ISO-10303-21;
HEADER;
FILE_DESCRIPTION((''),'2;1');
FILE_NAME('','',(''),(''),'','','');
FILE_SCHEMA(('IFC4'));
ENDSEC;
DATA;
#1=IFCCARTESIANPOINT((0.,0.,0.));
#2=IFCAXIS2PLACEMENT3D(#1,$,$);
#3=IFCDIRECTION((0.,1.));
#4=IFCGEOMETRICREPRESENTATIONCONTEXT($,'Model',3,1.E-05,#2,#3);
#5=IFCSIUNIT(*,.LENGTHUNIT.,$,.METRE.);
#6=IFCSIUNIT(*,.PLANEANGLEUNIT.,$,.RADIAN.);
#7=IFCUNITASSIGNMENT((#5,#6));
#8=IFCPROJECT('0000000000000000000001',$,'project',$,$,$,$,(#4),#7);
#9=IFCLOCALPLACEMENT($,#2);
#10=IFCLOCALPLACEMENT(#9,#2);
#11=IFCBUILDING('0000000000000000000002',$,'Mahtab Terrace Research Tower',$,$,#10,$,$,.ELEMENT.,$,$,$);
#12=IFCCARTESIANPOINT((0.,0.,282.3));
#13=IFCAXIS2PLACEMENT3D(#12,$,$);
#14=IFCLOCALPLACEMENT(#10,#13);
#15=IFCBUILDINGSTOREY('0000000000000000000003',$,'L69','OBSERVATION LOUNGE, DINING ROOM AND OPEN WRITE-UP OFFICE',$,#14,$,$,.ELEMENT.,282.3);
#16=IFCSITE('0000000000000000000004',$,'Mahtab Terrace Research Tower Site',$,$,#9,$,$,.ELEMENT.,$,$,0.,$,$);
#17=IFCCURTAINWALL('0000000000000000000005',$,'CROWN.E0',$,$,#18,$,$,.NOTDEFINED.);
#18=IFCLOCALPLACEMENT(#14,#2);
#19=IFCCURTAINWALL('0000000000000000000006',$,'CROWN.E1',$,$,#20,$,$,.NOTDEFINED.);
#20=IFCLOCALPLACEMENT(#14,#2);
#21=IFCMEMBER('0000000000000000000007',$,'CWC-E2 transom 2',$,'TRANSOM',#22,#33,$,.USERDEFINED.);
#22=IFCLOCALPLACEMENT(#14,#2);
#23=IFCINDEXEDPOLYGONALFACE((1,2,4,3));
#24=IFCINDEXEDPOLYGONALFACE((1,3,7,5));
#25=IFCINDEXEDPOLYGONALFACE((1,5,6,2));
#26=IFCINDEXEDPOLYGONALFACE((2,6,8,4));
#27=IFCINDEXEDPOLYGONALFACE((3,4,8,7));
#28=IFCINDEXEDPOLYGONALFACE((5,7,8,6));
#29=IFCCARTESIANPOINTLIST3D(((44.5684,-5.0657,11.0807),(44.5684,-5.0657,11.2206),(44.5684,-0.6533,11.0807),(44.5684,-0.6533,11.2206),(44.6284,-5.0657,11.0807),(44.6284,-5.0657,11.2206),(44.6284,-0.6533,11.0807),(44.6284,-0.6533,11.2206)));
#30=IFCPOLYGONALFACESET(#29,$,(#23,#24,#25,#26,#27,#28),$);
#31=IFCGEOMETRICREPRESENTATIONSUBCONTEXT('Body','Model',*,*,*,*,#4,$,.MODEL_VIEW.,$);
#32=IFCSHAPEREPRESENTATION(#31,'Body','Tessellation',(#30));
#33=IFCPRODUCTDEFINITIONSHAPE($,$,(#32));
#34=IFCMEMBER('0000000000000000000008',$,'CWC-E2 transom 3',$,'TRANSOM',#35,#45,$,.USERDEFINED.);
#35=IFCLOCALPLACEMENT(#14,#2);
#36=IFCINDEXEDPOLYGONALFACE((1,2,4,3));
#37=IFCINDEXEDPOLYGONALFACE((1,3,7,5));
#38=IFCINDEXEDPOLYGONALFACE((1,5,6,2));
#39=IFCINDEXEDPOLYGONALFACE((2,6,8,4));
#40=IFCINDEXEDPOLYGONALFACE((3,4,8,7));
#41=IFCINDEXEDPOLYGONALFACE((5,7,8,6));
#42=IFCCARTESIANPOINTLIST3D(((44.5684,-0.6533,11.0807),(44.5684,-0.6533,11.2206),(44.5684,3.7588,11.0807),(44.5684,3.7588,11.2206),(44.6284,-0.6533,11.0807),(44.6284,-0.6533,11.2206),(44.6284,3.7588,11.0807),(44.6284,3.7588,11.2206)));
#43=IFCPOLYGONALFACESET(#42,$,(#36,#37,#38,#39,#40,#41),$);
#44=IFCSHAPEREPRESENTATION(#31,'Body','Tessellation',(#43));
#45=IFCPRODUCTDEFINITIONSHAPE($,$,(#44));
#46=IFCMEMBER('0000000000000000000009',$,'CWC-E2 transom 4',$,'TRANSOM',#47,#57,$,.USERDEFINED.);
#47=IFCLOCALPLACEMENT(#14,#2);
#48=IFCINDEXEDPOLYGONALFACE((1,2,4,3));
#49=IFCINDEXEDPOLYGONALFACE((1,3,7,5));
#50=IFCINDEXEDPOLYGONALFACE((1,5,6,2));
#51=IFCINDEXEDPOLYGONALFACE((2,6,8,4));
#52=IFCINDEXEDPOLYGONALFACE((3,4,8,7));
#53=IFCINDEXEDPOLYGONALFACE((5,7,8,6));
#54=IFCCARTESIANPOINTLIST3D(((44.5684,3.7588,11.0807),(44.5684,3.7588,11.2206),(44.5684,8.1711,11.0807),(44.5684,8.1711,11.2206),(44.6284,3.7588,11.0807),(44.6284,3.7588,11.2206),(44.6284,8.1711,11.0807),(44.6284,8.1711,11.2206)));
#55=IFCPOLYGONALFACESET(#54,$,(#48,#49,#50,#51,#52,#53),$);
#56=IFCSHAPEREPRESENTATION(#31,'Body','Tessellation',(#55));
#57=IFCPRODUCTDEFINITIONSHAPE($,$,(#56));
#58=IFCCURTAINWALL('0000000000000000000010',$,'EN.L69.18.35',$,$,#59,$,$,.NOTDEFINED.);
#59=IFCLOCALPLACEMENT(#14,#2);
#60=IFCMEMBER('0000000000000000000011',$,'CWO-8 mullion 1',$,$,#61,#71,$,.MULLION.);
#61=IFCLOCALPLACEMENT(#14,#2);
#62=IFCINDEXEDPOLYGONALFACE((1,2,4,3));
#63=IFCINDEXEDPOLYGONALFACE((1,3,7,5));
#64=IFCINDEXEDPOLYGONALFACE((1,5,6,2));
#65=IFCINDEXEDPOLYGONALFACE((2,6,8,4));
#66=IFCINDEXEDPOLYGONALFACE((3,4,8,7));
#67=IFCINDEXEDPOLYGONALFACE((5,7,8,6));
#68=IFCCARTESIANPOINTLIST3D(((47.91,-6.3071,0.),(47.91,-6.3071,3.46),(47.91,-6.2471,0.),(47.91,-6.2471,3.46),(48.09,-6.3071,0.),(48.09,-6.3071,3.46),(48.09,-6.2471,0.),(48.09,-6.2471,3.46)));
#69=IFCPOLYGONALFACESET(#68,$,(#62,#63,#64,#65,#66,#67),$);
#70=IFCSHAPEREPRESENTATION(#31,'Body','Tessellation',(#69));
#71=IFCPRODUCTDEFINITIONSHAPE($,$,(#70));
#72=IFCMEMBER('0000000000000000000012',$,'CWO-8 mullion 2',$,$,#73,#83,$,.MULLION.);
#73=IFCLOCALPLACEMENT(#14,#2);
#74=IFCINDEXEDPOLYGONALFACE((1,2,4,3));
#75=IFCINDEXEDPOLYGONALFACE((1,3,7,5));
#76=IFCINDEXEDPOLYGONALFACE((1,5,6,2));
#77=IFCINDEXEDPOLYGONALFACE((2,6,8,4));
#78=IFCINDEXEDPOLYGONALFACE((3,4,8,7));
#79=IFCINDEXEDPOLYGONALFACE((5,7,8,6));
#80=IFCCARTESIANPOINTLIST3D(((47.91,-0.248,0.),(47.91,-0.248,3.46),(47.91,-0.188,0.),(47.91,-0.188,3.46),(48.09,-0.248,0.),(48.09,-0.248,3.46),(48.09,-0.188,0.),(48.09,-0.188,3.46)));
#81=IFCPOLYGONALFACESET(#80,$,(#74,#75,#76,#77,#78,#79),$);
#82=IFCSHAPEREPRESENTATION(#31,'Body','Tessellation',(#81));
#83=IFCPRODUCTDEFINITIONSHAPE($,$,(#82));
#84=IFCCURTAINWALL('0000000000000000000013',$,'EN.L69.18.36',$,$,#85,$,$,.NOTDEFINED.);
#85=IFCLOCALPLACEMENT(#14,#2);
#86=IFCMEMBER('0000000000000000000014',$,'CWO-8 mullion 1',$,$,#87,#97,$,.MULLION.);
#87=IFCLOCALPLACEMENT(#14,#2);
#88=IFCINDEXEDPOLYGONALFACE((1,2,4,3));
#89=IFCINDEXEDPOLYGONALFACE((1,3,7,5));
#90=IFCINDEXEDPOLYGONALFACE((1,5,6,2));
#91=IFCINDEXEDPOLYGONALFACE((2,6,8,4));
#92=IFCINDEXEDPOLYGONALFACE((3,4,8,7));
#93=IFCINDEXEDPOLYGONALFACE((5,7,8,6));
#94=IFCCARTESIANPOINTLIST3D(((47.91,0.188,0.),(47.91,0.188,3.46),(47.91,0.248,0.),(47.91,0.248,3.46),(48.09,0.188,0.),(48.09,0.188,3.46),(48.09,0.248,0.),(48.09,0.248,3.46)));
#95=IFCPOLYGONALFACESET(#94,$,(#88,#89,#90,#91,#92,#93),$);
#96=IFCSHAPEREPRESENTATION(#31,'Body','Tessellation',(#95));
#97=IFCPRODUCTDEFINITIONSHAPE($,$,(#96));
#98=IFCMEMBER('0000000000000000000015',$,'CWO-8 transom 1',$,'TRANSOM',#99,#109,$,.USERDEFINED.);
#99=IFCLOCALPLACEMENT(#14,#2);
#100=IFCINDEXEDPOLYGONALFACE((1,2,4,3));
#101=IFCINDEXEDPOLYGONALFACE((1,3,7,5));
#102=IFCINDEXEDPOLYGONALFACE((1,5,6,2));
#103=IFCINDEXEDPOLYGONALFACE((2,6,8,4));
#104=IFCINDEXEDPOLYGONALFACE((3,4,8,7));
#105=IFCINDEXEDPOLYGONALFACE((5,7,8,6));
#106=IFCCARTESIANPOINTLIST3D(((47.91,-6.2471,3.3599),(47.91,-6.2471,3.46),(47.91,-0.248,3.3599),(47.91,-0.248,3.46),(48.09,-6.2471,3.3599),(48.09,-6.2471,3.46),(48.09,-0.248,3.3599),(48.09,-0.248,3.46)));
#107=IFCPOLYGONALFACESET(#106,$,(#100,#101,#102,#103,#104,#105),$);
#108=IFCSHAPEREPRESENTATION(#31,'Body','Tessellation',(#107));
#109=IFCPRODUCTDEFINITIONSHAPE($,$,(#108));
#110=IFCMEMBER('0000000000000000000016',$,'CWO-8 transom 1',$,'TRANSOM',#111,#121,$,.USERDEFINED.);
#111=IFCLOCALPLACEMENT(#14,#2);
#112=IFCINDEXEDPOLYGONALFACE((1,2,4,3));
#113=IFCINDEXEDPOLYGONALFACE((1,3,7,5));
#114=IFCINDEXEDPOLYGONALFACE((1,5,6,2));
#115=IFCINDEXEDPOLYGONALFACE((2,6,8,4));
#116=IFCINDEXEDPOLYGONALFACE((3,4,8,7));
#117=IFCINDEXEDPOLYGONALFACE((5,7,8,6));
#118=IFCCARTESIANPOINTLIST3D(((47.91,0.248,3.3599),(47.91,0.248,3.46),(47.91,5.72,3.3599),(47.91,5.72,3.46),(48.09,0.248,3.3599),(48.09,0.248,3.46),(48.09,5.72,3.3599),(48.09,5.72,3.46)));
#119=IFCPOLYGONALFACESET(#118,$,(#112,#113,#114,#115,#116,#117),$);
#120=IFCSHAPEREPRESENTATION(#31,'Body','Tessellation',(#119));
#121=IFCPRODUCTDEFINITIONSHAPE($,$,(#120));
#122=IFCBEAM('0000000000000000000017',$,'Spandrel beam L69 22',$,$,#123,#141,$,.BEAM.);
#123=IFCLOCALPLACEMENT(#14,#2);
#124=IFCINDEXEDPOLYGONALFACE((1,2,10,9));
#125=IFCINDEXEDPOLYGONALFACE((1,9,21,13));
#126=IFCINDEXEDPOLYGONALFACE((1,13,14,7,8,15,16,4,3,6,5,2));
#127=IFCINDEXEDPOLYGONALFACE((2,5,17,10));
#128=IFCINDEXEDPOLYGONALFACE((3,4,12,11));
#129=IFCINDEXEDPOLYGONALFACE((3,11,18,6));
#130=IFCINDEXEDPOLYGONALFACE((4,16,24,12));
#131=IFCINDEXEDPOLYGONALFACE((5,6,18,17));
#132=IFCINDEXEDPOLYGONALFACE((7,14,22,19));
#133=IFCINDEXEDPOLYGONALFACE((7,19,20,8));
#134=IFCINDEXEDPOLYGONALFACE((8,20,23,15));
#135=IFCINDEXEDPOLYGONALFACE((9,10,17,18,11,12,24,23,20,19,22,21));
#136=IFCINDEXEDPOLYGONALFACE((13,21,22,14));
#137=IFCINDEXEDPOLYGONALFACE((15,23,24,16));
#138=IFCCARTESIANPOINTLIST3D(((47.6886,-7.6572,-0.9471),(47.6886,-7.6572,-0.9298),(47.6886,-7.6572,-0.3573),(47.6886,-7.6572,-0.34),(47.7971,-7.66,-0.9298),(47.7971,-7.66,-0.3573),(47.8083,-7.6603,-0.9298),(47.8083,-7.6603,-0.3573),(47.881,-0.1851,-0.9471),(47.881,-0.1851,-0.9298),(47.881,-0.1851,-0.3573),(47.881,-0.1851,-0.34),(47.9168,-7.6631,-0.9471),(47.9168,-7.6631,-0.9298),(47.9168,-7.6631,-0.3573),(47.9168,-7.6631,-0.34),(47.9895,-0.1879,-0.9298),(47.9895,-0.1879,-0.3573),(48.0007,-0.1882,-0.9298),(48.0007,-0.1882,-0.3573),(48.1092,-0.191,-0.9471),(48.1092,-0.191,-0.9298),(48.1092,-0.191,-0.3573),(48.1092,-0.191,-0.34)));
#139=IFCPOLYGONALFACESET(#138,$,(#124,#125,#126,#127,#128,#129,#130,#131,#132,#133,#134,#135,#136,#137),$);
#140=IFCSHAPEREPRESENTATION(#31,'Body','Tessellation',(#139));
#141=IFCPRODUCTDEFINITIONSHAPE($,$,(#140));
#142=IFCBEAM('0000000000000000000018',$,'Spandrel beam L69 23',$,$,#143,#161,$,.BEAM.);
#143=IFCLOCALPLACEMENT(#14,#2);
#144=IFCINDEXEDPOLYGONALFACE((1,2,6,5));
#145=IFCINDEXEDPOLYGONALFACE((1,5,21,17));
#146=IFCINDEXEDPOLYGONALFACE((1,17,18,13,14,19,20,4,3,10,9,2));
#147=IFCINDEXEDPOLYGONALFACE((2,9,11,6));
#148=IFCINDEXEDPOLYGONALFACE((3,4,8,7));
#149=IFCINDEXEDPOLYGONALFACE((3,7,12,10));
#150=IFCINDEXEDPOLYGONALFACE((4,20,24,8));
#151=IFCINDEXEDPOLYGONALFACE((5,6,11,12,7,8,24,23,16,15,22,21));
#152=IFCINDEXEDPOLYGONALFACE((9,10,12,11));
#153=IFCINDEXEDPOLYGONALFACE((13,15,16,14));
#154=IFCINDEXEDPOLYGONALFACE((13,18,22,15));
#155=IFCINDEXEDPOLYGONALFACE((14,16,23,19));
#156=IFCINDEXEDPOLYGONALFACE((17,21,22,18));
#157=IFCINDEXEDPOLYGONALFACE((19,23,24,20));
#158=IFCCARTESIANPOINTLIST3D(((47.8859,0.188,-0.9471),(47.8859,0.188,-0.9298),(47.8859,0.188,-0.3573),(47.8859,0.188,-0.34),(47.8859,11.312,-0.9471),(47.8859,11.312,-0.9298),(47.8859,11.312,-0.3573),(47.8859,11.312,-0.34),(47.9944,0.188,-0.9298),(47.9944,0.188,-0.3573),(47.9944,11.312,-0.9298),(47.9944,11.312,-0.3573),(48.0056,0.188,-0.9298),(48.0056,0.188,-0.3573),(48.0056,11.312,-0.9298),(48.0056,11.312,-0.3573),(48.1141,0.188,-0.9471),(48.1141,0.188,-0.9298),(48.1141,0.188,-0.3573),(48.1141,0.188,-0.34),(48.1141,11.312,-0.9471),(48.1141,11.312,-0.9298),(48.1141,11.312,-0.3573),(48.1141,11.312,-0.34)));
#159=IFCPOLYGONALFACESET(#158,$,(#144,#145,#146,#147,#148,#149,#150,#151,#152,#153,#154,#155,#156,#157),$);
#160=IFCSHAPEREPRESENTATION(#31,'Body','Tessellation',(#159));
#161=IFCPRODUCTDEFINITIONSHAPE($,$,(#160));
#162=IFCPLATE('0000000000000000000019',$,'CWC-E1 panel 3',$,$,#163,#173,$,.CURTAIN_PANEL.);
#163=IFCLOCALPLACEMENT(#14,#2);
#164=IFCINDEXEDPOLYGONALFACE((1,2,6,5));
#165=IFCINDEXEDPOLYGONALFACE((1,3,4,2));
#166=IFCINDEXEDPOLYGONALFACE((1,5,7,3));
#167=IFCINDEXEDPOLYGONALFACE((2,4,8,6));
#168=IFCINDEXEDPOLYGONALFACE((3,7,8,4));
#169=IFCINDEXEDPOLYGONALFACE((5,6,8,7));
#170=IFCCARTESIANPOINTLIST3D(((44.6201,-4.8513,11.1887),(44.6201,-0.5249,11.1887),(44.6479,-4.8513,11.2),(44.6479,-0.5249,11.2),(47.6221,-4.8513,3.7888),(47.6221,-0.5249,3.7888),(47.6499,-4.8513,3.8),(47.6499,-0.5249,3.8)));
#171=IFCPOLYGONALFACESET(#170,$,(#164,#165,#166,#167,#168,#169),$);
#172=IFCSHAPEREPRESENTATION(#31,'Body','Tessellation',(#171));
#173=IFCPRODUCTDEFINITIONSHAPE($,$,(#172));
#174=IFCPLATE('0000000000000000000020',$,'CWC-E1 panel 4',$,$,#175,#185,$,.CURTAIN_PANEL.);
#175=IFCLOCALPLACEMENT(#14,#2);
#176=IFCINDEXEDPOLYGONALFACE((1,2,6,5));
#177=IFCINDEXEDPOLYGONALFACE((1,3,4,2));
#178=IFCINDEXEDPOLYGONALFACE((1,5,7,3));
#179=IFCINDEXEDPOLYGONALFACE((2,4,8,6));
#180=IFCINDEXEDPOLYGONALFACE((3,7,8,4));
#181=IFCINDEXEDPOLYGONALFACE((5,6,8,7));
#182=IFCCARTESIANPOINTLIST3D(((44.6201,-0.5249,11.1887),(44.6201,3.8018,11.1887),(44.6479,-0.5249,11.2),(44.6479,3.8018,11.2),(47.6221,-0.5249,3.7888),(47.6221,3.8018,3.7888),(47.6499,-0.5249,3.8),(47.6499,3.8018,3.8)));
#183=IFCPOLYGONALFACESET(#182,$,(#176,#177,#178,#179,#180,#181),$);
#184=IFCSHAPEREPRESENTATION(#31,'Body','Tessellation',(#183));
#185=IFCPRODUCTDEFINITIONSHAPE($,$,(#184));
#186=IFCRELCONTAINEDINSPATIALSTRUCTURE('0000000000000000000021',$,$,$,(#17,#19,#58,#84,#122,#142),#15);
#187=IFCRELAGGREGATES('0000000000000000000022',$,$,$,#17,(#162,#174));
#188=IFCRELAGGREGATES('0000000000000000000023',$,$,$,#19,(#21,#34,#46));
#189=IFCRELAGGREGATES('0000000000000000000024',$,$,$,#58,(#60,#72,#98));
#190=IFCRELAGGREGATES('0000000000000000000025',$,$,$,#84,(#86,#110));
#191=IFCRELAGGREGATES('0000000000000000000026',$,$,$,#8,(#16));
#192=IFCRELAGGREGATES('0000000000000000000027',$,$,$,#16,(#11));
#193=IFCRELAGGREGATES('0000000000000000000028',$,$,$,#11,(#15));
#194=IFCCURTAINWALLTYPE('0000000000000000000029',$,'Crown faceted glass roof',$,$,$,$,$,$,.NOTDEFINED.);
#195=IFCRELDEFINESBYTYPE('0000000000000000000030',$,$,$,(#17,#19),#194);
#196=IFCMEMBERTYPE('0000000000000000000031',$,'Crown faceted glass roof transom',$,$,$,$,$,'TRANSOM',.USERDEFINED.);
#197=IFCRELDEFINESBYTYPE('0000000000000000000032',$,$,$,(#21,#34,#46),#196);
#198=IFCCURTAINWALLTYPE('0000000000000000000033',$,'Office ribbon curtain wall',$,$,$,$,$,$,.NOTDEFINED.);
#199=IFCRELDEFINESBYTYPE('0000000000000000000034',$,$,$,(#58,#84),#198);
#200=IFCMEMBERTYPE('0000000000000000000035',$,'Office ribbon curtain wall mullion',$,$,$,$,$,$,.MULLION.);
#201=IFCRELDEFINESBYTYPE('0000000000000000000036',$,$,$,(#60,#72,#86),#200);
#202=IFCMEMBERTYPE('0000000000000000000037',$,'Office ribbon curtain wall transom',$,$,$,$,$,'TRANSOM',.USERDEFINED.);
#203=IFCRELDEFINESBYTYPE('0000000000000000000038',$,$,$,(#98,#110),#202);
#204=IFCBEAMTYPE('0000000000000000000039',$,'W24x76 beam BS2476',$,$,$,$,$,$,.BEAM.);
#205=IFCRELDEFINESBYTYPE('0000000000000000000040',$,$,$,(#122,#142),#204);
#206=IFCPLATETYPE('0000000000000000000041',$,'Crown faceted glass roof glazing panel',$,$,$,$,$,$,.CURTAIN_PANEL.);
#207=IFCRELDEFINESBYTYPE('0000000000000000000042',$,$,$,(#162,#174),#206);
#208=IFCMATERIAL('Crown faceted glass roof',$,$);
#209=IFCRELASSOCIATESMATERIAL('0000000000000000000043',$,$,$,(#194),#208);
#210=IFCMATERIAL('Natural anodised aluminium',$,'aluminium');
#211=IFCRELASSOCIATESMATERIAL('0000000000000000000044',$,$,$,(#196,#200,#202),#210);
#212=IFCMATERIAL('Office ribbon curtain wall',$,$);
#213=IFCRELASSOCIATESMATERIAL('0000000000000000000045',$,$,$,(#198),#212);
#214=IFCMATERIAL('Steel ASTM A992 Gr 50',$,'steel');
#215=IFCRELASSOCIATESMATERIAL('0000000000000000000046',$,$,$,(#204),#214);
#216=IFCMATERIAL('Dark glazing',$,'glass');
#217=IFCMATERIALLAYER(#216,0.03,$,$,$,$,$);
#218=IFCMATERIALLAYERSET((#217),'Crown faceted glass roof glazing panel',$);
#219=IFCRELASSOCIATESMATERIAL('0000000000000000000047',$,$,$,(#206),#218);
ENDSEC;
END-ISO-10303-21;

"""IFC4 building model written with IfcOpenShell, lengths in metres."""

from ifc_helpers import new_model, si_unit, direction, frame, origin, origin_2d, place, context, subcontext, project, spatial, polyline, rectangle, i_section, outline, extrude, material, layer, layer_set, material_profile, profile_set, type_object, element, aggregate, save


model = new_model("IFC4")

# Units and contexts
model_context = context("Model", 3, precision=1e-05, world=origin(), true_north=direction((0.0, 1.0)))
body_context = subcontext(model_context, "Body", "Model", "MODEL_VIEW")
ifc_project = project(units=[si_unit("LENGTHUNIT", "METRE"), si_unit("PLANEANGLEUNIT", "RADIAN")], contexts=[model_context])

# Site, building, storey
site_placement = place(None, origin())
site = spatial("IfcSite", under=ifc_project, at=site_placement, Name="Mahtab Terrace Research Tower Site", CompositionType="ELEMENT", RefElevation=0.0)
building_placement = place(site_placement, origin())
building = spatial("IfcBuilding", under=site, at=building_placement, Name="Mahtab Terrace Research Tower", CompositionType="ELEMENT")
storey_placement = place(building_placement, frame((0.0, 0.0, 282.3)))
storey = spatial("IfcBuildingStorey", under=building, at=storey_placement, Name="L69", Description="OBSERVATION LOUNGE, DINING ROOM AND OPEN WRITE-UP OFFICE", CompositionType="ELEMENT", Elevation=282.3)

# Shared definitions
ifc_material_1 = material(Name="Steel ASTM A992 Gr 50", Category="steel")

# Shared definitions
ifc_material_2 = material(Name="Crown faceted glass roof")
curtain_wall_type_1 = type_object("IfcCurtainWallType", Name="Crown faceted glass roof", PredefinedType="NOTDEFINED", material=ifc_material_2)
ifc_material_3 = material(Name="Natural anodised aluminium", Category="aluminium")

# Curtain walls
curtain_wall_1_placement = place(storey_placement, origin())
curtain_wall_1 = element("IfcCurtainWall", 1, at=curtain_wall_1_placement, inside=storey, type_object=curtain_wall_type_1, Name="CROWN.E0", PredefinedType="NOTDEFINED")
curtain_wall_2_placement = place(storey_placement, origin())
curtain_wall_2 = element("IfcCurtainWall", 2, at=curtain_wall_2_placement, inside=storey, type_object=curtain_wall_type_1, Name="CROWN.E1", PredefinedType="NOTDEFINED")

# Members
ifc_material_profile_1 = material_profile(ifc_material_3, rectangle(XDim=0.0601, YDim=0.1399, at=origin_2d()), Name="TRANSOM 60x140")
ifc_profile_set_1 = profile_set([ifc_material_profile_1], Name="Natural anodised aluminium")
member_type_1 = type_object("IfcMemberType", Name="Crown faceted glass roof transom", ElementType="TRANSOM", PredefinedType="USERDEFINED", material=ifc_profile_set_1)
member_1_placement = place(storey_placement, frame((44.5984, -5.0657, 11.1506), z_axis=(0.0, 1.0, 0.0), x_axis=(-1.0, 0.0, 0.0)))
member_1 = element("IfcMember", 3, at=member_1_placement, type_object=member_type_1, Name="CWC-E2 transom 2", ObjectType="TRANSOM", PredefinedType="USERDEFINED", context=body_context, shape_type="SweptSolid", body=[
    extrude(rectangle(XDim=0.0601, YDim=0.1399, at=origin_2d()), origin(), (0.0, 0.0, 1.0), 4.4124),
])
member_2_placement = place(storey_placement, frame((44.5984, -0.6533, 11.1506), z_axis=(0.0, 1.0, 0.0), x_axis=(-1.0, 0.0, 0.0)))
member_2 = element("IfcMember", 4, at=member_2_placement, type_object=member_type_1, Name="CWC-E2 transom 3", ObjectType="TRANSOM", PredefinedType="USERDEFINED", context=body_context, shape_type="SweptSolid", body=[
    extrude(rectangle(XDim=0.0601, YDim=0.1399, at=origin_2d()), origin(), (0.0, 0.0, 1.0), 4.4121),
])
member_3_placement = place(storey_placement, frame((44.5984, 3.7588, 11.1506), z_axis=(0.0, 1.0, 0.0), x_axis=(-1.0, 0.0, 0.0)))
member_3 = element("IfcMember", 5, at=member_3_placement, type_object=member_type_1, Name="CWC-E2 transom 4", ObjectType="TRANSOM", PredefinedType="USERDEFINED", context=body_context, shape_type="SweptSolid", body=[
    extrude(rectangle(XDim=0.0601, YDim=0.1399, at=origin_2d()), origin(), (0.0, 0.0, 1.0), 4.4124),
])

# Curtain wall, members
ifc_material_4 = material(Name="Office ribbon curtain wall")
curtain_wall_type_2 = type_object("IfcCurtainWallType", Name="Office ribbon curtain wall", PredefinedType="NOTDEFINED", material=ifc_material_4)
curtain_wall_3_placement = place(storey_placement, origin())
curtain_wall_3 = element("IfcCurtainWall", 6, at=curtain_wall_3_placement, inside=storey, type_object=curtain_wall_type_2, Name="EN.L69.18.35", PredefinedType="NOTDEFINED")
ifc_material_profile_2 = material_profile(ifc_material_3, rectangle(XDim=0.1799, YDim=0.0601, at=origin_2d()), Name="MULLION 60x180")
ifc_profile_set_2 = profile_set([ifc_material_profile_2], Name="Natural anodised aluminium")
member_type_2 = type_object("IfcMemberType", Name="Office ribbon curtain wall mullion", PredefinedType="MULLION", material=ifc_profile_set_2)
member_4_placement = place(storey_placement, frame((48.0, -6.2771, 0.0), z_axis=(0.0, 0.0, 1.0), x_axis=(-1.0, 0.0, 0.0)))
member_4 = element("IfcMember", 7, at=member_4_placement, type_object=member_type_2, Name="CWO-8 mullion 1", PredefinedType="MULLION", context=body_context, shape_type="SweptSolid", body=[
    extrude(rectangle(XDim=0.1799, YDim=0.0601, at=origin_2d()), origin(), (0.0, 0.0, 1.0), 3.46),
])
member_5_placement = place(storey_placement, frame((48.0, -0.218, 0.0), z_axis=(0.0, 0.0, 1.0), x_axis=(-1.0, 0.0, 0.0)))
member_5 = element("IfcMember", 8, at=member_5_placement, type_object=member_type_2, Name="CWO-8 mullion 2", PredefinedType="MULLION", context=body_context, shape_type="SweptSolid", body=[
    extrude(rectangle(XDim=0.1799, YDim=0.0601, at=origin_2d()), origin(), (0.0, 0.0, 1.0), 3.46),
])

# Curtain wall, member
curtain_wall_4_placement = place(storey_placement, origin())
curtain_wall_4 = element("IfcCurtainWall", 9, at=curtain_wall_4_placement, inside=storey, type_object=curtain_wall_type_2, Name="EN.L69.18.36", PredefinedType="NOTDEFINED")
member_6_placement = place(storey_placement, frame((48.0, 0.218, 0.0), z_axis=(0.0, 0.0, 1.0), x_axis=(-1.0, 0.0, 0.0)))
member_6 = element("IfcMember", 10, at=member_6_placement, type_object=member_type_2, Name="CWO-8 mullion 1", PredefinedType="MULLION", context=body_context, shape_type="SweptSolid", body=[
    extrude(rectangle(XDim=0.1799, YDim=0.0601, at=origin_2d()), origin(), (0.0, 0.0, 1.0), 3.46),
])

# Members
ifc_material_profile_3 = material_profile(ifc_material_3, rectangle(XDim=0.1799, YDim=0.1001, at=origin_2d()), Name="TRANSOM 100x180")
ifc_profile_set_3 = profile_set([ifc_material_profile_3], Name="Natural anodised aluminium")
member_type_3 = type_object("IfcMemberType", Name="Office ribbon curtain wall transom", ElementType="TRANSOM", PredefinedType="USERDEFINED", material=ifc_profile_set_3)
member_7_placement = place(storey_placement, frame((48.0, -6.2471, 3.4099), z_axis=(0.0, 1.0, 0.0), x_axis=(-1.0, 0.0, 0.0)))
member_7 = element("IfcMember", 11, at=member_7_placement, type_object=member_type_3, Name="CWO-8 transom 1", ObjectType="TRANSOM", PredefinedType="USERDEFINED", context=body_context, shape_type="SweptSolid", body=[
    extrude(rectangle(XDim=0.1799, YDim=0.1001, at=origin_2d()), origin(), (0.0, 0.0, 1.0), 5.999),
])
member_8_placement = place(storey_placement, frame((48.0, 0.248, 3.4099), z_axis=(0.0, 1.0, 0.0), x_axis=(-1.0, 0.0, 0.0)))
member_8 = element("IfcMember", 12, at=member_8_placement, type_object=member_type_3, Name="CWO-8 transom 1", ObjectType="TRANSOM", PredefinedType="USERDEFINED", context=body_context, shape_type="SweptSolid", body=[
    extrude(rectangle(XDim=0.1799, YDim=0.1001, at=origin_2d()), origin(), (0.0, 0.0, 1.0), 5.4719),
])

# Beams
ifc_material_profile_4 = material_profile(ifc_material_1, i_section(OverallWidth=0.2283, OverallDepth=0.6072, WebThickness=0.0112, FlangeThickness=0.0173, at=origin_2d()), Name="W24X76")
ifc_profile_set_4 = profile_set([ifc_material_profile_4], Name="Steel ASTM A992 Gr 50")
beam_type = type_object("IfcBeamType", Name="W24x76 beam BS2476", PredefinedType="BEAM", material=ifc_profile_set_4)
beam_1_placement = place(storey_placement, frame((47.8027, -7.6602, -0.6436), z_axis=(0.025738, 0.999669, 0.0), x_axis=(-0.999669, 0.025738, 0.0)))
element("IfcBeam", 13, at=beam_1_placement, inside=storey, type_object=beam_type, Name="Spandrel beam L69 22", PredefinedType="BEAM", context=body_context, shape_type="SweptSolid", body=[
    extrude(i_section(OverallWidth=0.2283, OverallDepth=0.6072, WebThickness=0.0112, FlangeThickness=0.0173, at=origin_2d()), origin(), (0.0, 0.0, 1.0), 7.4746),
])
beam_2_placement = place(storey_placement, frame((48.0, 0.188, -0.6436), z_axis=(0.0, 1.0, 0.0), x_axis=(-1.0, 0.0, 0.0)))
element("IfcBeam", 14, at=beam_2_placement, inside=storey, type_object=beam_type, Name="Spandrel beam L69 23", PredefinedType="BEAM", context=body_context, shape_type="SweptSolid", body=[
    extrude(i_section(OverallWidth=0.2283, OverallDepth=0.6072, WebThickness=0.0112, FlangeThickness=0.0173, at=origin_2d()), origin(), (0.0, 0.0, 1.0), 11.124),
])

# Plates
ifc_material_5 = material(Name="Dark glazing", Category="glass")
ifc_layer_1 = layer(ifc_material_5, 0.03)
ifc_layer_set_1 = layer_set([ifc_layer_1], Name="Crown faceted glass roof glazing panel")
plate_type_1 = type_object("IfcPlateType", Name="Crown faceted glass roof glazing panel", PredefinedType="CURTAIN_PANEL", material=ifc_layer_set_1)
plate_1_placement = place(storey_placement, frame((47.6499, -4.8513, 3.8), z_axis=(0.926652, 0.0, 0.375919), x_axis=(0.0, 1.0, 0.0)))
plate_1 = element("IfcPlate", 15, at=plate_1_placement, type_object=plate_type_1, Name="CWC-E1 panel 3", PredefinedType="CURTAIN_PANEL", context=body_context, shape_type="SweptSolid", body=[
    extrude(outline(polyline([(0.0, 0.0), (4.3264, 0.0), (4.3264, 7.9856), (0.0, 7.9856), (0.0, 0.0)])), origin(), (0.0, 0.0, -1.0), 0.03),
])
plate_2_placement = place(storey_placement, frame((47.6499, -0.5249, 3.8), z_axis=(0.926652, 0.0, 0.375919), x_axis=(0.0, 1.0, 0.0)))
plate_2 = element("IfcPlate", 16, at=plate_2_placement, type_object=plate_type_1, Name="CWC-E1 panel 4", PredefinedType="CURTAIN_PANEL", context=body_context, shape_type="SweptSolid", body=[
    extrude(outline(polyline([(0.0, 0.0), (4.3267, 0.0), (4.3267, 7.9856), (0.0, 7.9856), (0.0, 0.0)])), origin(), (0.0, 0.0, -1.0), 0.03),
])
aggregate(curtain_wall_1, [plate_1, plate_2])
aggregate(curtain_wall_2, [member_1, member_2, member_3])
aggregate(curtain_wall_3, [member_4, member_5, member_7])
aggregate(curtain_wall_4, [member_6, member_8])

save(model, "model.ifc")
